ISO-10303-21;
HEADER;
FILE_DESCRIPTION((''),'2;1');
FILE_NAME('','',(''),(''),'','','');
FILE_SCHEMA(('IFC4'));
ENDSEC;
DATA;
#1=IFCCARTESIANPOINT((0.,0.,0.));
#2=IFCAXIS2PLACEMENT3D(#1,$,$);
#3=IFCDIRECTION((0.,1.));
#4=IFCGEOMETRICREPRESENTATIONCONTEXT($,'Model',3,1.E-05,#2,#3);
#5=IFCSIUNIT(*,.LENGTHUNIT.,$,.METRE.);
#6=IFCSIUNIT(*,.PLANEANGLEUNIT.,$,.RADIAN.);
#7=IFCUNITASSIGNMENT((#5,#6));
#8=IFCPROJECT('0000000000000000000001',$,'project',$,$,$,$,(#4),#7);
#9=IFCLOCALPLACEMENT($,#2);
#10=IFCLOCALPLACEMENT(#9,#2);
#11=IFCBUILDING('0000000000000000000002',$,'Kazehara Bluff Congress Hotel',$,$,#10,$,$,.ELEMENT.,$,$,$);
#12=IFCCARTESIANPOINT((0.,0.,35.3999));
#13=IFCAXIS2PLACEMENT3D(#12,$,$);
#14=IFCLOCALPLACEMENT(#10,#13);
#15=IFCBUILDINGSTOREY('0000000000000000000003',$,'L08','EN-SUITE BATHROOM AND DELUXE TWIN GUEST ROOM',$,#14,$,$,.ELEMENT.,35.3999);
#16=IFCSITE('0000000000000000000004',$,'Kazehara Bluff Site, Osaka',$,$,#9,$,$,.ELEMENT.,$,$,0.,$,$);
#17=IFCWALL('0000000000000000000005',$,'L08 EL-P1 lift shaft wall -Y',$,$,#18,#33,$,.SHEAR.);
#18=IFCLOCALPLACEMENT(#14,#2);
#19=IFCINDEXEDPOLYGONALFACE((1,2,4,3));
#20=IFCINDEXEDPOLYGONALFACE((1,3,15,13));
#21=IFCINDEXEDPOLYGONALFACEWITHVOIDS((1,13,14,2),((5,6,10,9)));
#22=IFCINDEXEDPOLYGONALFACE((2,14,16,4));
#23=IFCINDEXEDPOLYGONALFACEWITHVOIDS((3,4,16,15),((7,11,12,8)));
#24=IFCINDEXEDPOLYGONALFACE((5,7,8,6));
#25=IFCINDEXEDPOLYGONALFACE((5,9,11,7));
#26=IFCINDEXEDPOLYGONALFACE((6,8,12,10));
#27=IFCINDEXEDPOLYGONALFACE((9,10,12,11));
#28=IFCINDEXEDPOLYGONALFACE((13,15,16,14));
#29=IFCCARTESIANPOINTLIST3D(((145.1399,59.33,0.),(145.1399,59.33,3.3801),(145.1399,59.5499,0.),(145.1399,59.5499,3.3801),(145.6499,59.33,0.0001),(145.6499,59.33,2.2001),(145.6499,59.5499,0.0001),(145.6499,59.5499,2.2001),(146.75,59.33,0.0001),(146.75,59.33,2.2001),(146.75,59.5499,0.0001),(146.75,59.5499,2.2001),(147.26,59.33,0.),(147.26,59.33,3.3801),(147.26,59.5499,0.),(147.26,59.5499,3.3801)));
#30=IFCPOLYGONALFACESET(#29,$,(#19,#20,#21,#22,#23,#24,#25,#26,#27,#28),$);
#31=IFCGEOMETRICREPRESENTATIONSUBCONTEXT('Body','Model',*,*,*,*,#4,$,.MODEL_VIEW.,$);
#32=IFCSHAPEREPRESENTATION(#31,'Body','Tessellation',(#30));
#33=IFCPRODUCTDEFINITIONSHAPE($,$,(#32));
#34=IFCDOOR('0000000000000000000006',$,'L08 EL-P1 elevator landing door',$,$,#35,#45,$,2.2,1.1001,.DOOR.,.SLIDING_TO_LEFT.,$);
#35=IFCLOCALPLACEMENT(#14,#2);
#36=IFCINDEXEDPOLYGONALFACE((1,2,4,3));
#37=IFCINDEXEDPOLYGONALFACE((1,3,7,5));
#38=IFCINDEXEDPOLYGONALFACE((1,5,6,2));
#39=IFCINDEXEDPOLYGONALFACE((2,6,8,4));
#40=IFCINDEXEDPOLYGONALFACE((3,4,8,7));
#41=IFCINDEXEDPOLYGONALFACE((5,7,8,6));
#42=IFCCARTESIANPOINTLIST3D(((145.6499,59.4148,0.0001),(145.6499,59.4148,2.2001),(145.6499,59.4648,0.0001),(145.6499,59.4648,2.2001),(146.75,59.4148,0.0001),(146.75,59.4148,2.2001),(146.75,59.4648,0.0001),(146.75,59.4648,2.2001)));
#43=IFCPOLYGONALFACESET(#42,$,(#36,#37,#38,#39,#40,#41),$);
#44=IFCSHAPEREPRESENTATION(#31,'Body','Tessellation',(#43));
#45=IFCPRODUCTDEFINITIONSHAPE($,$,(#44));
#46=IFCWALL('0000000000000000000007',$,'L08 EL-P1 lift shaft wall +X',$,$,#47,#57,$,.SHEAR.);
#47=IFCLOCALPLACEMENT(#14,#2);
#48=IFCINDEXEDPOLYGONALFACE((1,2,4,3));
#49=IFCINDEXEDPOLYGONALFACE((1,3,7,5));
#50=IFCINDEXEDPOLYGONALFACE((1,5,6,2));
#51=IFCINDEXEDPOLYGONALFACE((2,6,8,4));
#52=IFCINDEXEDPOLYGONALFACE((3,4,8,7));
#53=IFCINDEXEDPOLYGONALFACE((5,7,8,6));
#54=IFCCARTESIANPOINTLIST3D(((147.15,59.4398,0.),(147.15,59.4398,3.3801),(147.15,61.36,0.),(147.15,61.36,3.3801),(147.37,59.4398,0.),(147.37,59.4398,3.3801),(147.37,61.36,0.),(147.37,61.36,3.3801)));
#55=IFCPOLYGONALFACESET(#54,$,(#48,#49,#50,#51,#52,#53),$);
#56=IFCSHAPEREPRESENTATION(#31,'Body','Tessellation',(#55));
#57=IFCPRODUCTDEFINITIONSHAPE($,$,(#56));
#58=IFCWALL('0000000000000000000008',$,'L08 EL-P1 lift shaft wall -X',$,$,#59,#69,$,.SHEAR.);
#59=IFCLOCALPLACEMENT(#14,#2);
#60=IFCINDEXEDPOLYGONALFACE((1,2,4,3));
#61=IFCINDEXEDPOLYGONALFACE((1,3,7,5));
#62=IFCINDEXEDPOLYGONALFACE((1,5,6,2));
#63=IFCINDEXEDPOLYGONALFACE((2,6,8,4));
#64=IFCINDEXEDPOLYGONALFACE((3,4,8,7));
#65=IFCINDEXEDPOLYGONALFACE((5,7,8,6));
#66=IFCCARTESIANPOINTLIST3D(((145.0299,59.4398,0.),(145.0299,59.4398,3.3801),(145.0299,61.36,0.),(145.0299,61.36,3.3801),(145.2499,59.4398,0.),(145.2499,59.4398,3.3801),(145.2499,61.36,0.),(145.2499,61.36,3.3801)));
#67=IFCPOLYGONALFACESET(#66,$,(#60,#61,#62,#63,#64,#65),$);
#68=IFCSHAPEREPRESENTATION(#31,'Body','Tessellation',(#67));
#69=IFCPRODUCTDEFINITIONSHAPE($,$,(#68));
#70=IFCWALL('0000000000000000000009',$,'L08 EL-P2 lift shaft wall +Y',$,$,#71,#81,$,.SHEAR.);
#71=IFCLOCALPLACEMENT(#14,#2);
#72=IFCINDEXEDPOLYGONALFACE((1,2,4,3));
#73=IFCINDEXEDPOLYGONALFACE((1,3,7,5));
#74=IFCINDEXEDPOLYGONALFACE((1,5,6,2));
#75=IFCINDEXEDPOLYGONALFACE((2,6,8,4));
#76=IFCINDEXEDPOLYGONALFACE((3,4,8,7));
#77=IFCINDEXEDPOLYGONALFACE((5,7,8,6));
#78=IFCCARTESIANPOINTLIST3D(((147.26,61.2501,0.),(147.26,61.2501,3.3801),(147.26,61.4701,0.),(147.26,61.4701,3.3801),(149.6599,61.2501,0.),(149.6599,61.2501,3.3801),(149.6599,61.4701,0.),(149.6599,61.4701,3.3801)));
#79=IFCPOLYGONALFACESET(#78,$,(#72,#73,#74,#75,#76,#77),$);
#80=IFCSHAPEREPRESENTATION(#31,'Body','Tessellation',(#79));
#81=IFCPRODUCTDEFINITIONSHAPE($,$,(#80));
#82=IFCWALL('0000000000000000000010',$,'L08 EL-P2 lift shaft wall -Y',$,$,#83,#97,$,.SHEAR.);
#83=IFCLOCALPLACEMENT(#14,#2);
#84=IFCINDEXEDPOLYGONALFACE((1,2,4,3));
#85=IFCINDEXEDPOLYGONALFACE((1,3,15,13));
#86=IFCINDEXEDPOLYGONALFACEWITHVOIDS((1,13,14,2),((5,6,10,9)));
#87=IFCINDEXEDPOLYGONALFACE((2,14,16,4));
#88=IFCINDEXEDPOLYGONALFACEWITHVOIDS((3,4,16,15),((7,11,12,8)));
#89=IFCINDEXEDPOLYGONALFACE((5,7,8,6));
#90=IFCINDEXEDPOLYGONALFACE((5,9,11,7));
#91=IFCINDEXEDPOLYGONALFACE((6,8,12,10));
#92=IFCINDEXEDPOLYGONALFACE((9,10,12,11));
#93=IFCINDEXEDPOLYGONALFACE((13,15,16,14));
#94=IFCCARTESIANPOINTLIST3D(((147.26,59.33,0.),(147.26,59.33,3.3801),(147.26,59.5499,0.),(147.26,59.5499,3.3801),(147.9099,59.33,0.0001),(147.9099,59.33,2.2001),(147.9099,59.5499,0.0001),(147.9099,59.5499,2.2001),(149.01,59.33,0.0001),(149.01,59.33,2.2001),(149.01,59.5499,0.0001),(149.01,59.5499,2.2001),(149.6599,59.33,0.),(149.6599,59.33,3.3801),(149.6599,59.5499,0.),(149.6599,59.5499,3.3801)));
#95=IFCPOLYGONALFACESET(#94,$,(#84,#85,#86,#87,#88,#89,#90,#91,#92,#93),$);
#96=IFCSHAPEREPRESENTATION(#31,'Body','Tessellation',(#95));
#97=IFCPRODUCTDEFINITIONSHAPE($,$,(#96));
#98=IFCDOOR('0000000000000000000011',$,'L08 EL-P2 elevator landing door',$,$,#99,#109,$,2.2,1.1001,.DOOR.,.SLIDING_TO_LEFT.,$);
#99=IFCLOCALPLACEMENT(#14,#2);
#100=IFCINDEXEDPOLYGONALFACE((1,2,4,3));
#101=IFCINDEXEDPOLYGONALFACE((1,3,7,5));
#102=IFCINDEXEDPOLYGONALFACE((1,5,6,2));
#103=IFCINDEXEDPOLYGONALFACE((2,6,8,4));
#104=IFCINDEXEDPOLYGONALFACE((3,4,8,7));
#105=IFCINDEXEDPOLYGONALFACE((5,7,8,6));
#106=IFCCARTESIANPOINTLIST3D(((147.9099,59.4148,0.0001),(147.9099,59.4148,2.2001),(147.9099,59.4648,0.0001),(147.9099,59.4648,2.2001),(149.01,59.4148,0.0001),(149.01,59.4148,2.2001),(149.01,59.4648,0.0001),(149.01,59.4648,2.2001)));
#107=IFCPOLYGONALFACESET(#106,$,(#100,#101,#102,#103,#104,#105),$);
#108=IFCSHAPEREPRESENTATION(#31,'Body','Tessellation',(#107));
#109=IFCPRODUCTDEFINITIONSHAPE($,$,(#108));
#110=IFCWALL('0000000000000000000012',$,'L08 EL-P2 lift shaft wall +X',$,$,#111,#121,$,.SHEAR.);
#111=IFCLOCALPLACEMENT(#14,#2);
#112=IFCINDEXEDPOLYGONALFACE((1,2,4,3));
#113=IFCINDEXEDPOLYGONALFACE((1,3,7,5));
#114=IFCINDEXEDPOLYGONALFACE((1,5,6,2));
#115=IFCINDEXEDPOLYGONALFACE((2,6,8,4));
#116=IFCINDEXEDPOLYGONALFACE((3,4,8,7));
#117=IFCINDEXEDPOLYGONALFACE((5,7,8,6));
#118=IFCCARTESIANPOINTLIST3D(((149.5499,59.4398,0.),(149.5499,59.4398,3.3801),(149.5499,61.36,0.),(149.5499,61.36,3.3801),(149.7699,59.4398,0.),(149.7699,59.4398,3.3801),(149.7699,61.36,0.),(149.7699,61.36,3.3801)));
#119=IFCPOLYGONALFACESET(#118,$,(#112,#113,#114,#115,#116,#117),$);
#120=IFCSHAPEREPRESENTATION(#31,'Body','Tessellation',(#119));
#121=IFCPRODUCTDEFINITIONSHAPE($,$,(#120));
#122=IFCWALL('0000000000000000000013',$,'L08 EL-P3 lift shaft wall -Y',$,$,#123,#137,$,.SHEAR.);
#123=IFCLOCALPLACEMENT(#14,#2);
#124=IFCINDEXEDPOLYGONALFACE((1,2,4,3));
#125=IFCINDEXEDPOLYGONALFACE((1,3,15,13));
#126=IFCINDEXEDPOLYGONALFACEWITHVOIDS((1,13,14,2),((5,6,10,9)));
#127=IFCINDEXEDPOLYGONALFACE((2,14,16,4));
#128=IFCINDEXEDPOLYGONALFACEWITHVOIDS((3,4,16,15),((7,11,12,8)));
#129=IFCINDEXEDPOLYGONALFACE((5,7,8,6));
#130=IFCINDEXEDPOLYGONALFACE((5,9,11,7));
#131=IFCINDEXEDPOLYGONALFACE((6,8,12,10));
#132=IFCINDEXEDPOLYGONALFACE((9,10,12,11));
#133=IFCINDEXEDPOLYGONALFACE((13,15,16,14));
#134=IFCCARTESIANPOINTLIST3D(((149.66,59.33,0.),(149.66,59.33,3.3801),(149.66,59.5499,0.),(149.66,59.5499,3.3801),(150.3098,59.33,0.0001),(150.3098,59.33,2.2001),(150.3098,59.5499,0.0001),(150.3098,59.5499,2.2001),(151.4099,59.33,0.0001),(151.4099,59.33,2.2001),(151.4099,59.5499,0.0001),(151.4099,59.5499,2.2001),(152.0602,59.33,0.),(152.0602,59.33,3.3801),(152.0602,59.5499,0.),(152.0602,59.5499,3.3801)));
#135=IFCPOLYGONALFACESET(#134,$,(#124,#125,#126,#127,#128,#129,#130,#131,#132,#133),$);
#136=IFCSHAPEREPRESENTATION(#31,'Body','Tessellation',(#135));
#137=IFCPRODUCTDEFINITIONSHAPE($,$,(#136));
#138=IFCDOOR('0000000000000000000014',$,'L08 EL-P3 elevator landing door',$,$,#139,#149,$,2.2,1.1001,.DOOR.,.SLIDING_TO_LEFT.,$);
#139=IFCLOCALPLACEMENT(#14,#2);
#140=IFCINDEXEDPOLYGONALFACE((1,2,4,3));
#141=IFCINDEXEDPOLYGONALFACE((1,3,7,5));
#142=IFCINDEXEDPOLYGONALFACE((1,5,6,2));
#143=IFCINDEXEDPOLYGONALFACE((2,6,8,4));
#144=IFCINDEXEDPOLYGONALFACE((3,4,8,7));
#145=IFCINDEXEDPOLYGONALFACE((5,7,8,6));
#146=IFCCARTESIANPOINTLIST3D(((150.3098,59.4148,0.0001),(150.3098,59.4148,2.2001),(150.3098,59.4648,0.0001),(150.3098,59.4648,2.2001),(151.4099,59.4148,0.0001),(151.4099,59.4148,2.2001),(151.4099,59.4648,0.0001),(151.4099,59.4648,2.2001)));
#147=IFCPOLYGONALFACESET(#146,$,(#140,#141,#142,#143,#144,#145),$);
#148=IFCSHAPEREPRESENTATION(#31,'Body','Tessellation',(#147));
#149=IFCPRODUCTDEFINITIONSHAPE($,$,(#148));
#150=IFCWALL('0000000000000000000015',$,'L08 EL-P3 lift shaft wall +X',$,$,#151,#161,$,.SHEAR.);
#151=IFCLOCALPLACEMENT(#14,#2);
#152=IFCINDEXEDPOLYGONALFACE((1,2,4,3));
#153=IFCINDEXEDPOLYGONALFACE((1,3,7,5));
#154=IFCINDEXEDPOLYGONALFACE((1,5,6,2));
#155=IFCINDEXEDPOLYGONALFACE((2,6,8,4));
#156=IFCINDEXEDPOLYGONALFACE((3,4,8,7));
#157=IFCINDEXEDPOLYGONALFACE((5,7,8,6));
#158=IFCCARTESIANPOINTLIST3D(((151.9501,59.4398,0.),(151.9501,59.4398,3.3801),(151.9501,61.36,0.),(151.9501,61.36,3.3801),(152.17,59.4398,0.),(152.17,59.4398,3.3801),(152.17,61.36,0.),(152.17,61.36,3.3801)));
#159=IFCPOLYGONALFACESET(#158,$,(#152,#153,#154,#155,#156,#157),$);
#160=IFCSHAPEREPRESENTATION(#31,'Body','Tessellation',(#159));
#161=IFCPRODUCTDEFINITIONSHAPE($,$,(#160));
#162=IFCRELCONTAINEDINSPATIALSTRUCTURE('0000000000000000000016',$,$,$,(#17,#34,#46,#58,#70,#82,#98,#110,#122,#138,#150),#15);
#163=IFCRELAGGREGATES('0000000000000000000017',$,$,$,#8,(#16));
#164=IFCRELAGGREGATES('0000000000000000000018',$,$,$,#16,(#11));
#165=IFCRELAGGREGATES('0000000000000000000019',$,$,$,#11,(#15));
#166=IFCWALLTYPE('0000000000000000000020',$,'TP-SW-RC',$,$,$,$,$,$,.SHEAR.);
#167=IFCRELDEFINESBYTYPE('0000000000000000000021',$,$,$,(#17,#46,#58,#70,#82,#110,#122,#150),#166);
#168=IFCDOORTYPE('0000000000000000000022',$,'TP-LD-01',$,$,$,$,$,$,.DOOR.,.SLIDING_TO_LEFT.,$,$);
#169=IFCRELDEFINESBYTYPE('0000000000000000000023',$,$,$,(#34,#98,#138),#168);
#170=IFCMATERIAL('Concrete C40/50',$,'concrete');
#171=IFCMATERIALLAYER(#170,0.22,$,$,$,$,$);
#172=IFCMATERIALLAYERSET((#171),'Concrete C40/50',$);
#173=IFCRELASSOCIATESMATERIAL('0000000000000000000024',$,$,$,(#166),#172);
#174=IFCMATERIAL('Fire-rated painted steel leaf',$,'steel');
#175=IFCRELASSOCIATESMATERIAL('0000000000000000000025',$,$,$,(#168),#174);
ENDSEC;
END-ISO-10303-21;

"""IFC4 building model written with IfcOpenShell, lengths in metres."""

from ifc_helpers import new_model, si_unit, direction, frame, frame_2d, origin, place, context, subcontext, project, spatial, rectangle, extrude, material, layer, layer_set, type_object, element, fill, save


model = new_model("IFC4")

# Units and contexts
model_context = context("Model", 3, precision=1e-05, world=origin(), true_north=direction((0.0, 1.0)))
body_context = subcontext(model_context, "Body", "Model", "MODEL_VIEW")
ifc_project = project(units=[si_unit("LENGTHUNIT", "METRE"), si_unit("PLANEANGLEUNIT", "RADIAN")], contexts=[model_context])

# Site, building, storey
site_placement = place(None, origin())
site = spatial("IfcSite", under=ifc_project, at=site_placement, Name="Kazehara Bluff Site, Osaka", CompositionType="ELEMENT", RefElevation=0.0)
building_placement = place(site_placement, origin())
building = spatial("IfcBuilding", under=site, at=building_placement, Name="Kazehara Bluff Congress Hotel", CompositionType="ELEMENT")
storey_placement = place(building_placement, frame((0.0, 0.0, 35.3999)))
storey = spatial("IfcBuildingStorey", under=building, at=storey_placement, Name="L08", Description="EN-SUITE BATHROOM AND DELUXE TWIN GUEST ROOM", CompositionType="ELEMENT", Elevation=35.3999)

# Shared definitions
ifc_material_1 = material(Name="Concrete C40/50", Category="concrete")
ifc_layer_1 = layer(ifc_material_1, 0.22)
ifc_layer_set_1 = layer_set([ifc_layer_1], Name="Concrete C40/50")
wall_type_1 = type_object("IfcWallType", Name="TP-SW-RC", PredefinedType="SHEAR", material=ifc_layer_set_1)

# Wall, opening, door
wall_1_placement = place(storey_placement, frame((145.1399, 59.4399, 0.0), z_axis=(0.0, 0.0, 1.0), x_axis=(1.0, 0.0, 0.0)))
wall_1 = element("IfcWall", 1, at=wall_1_placement, inside=storey, type_object=wall_type_1, Name="L08 EL-P1 lift shaft wall -Y", PredefinedType="SHEAR", context=body_context, shape_type="SweptSolid", body=[
    extrude(rectangle(XDim=2.1201, YDim=0.22, at=frame_2d((1.0601, 0.0))), origin(), (0.0, 0.0, 1.0), 3.3801),
])
opening_1_placement = place(wall_1_placement, frame((0.51, 0.0, 0.0)))
opening_1 = element("IfcOpeningElement", 2, at=opening_1_placement, cuts=wall_1, PredefinedType="OPENING", context=body_context, shape_type="SweptSolid", body=[
    extrude(rectangle(XDim=1.1001, YDim=2.2, at=frame_2d((0.55, 1.1001))), frame((0.0, 0.1199, 0.0), z_axis=(0.0, -1.0, 0.0), x_axis=(1.0, 0.0, 0.0)), (0.0, 0.0, 1.0), 0.24),
])
ifc_material_2 = material(Name="Fire-rated painted steel leaf", Category="steel")
door_type = type_object("IfcDoorType", Name="TP-LD-01", OperationType="SLIDING_TO_LEFT", PredefinedType="DOOR", material=ifc_material_2)
door_1_placement = place(opening_1_placement, origin())
door_1 = element("IfcDoor", 3, at=door_1_placement, inside=storey, type_object=door_type, Name="L08 EL-P1 elevator landing door", OperationType="SLIDING_TO_LEFT", OverallHeight=2.2, OverallWidth=1.1001, PredefinedType="DOOR", context=body_context, shape_type="SweptSolid", body=[
    extrude(rectangle(XDim=1.1001, YDim=2.2, at=frame_2d((0.55, 1.1001))), frame((0.0, 0.0249, 0.0), z_axis=(0.0, -1.0, 0.0), x_axis=(1.0, 0.0, 0.0)), (0.0, 0.0, 1.0), 0.05),
])
fill(opening_1, door_1)

# Walls
for number, where, z_axis, x_axis, name in (
    (4, (147.26, 59.4399, 0.0), (0.0, 0.0, 1.0), (0.0, 1.0, 0.0), "L08 EL-P1 lift shaft wall +X"),
    (5, (145.1399, 59.4399, 0.0), (0.0, 0.0, 1.0), (0.0, 1.0, 0.0), "L08 EL-P1 lift shaft wall -X"),
):
    element("IfcWall", number, at=place(storey_placement, frame(where, z_axis=z_axis, x_axis=x_axis)), inside=storey, type_object=wall_type_1, Name=name, PredefinedType="SHEAR", context=body_context, shape_type="SweptSolid", body=[
        extrude(rectangle(XDim=1.9202, YDim=0.22, at=frame_2d((0.96, 0.0))), origin(), (0.0, 0.0, 1.0), 3.3801),
    ])
wall_2_placement = place(storey_placement, frame((147.26, 61.3601, 0.0), z_axis=(0.0, 0.0, 1.0), x_axis=(1.0, 0.0, 0.0)))
element("IfcWall", 6, at=wall_2_placement, inside=storey, type_object=wall_type_1, Name="L08 EL-P2 lift shaft wall +Y", PredefinedType="SHEAR", context=body_context, shape_type="SweptSolid", body=[
    extrude(rectangle(XDim=2.3999, YDim=0.22, at=frame_2d((1.2, 0.0))), origin(), (0.0, 0.0, 1.0), 3.3801),
])

# Wall, opening, door
wall_3_placement = place(storey_placement, frame((147.26, 59.4399, 0.0), z_axis=(0.0, 0.0, 1.0), x_axis=(1.0, 0.0, 0.0)))
wall_3 = element("IfcWall", 7, at=wall_3_placement, inside=storey, type_object=wall_type_1, Name="L08 EL-P2 lift shaft wall -Y", PredefinedType="SHEAR", context=body_context, shape_type="SweptSolid", body=[
    extrude(rectangle(XDim=2.3999, YDim=0.22, at=frame_2d((1.2, 0.0))), origin(), (0.0, 0.0, 1.0), 3.3801),
])
opening_2_placement = place(wall_3_placement, frame((0.6499, 0.0, 0.0)))
opening_2 = element("IfcOpeningElement", 8, at=opening_2_placement, cuts=wall_3, PredefinedType="OPENING", context=body_context, shape_type="SweptSolid", body=[
    extrude(rectangle(XDim=1.1001, YDim=2.2, at=frame_2d((0.55, 1.1001))), frame((0.0, 0.1199, 0.0), z_axis=(0.0, -1.0, 0.0), x_axis=(1.0, 0.0, 0.0)), (0.0, 0.0, 1.0), 0.24),
])
door_2_placement = place(opening_2_placement, origin())
door_2 = element("IfcDoor", 9, at=door_2_placement, inside=storey, type_object=door_type, Name="L08 EL-P2 elevator landing door", OperationType="SLIDING_TO_LEFT", OverallHeight=2.2, OverallWidth=1.1001, PredefinedType="DOOR", context=body_context, shape_type="SweptSolid", body=[
    extrude(rectangle(XDim=1.1001, YDim=2.2, at=frame_2d((0.55, 1.1001))), frame((0.0, 0.0249, 0.0), z_axis=(0.0, -1.0, 0.0), x_axis=(1.0, 0.0, 0.0)), (0.0, 0.0, 1.0), 0.05),
])
fill(opening_2, door_2)

# Wall
wall_4_placement = place(storey_placement, frame((149.6599, 59.4399, 0.0), z_axis=(0.0, 0.0, 1.0), x_axis=(0.0, 1.0, 0.0)))
element("IfcWall", 10, at=wall_4_placement, inside=storey, type_object=wall_type_1, Name="L08 EL-P2 lift shaft wall +X", PredefinedType="SHEAR", context=body_context, shape_type="SweptSolid", body=[
    extrude(rectangle(XDim=1.9202, YDim=0.22, at=frame_2d((0.96, 0.0))), origin(), (0.0, 0.0, 1.0), 3.3801),
])

# Wall, opening, door
wall_5_placement = place(storey_placement, frame((149.6599, 59.4399, 0.0), z_axis=(0.0, 0.0, 1.0), x_axis=(1.0, 0.0, 0.0)))
wall_5 = element("IfcWall", 11, at=wall_5_placement, inside=storey, type_object=wall_type_1, Name="L08 EL-P3 lift shaft wall -Y", PredefinedType="SHEAR", context=body_context, shape_type="SweptSolid", body=[
    extrude(rectangle(XDim=2.4001, YDim=0.22, at=frame_2d((1.2002, 0.0))), origin(), (0.0, 0.0, 1.0), 3.3801),
])
opening_3_placement = place(wall_5_placement, frame((0.6499, 0.0, 0.0)))
opening_3 = element("IfcOpeningElement", 12, at=opening_3_placement, cuts=wall_5, PredefinedType="OPENING", context=body_context, shape_type="SweptSolid", body=[
    extrude(rectangle(XDim=1.1001, YDim=2.2, at=frame_2d((0.55, 1.1001))), frame((0.0, 0.1199, 0.0), z_axis=(0.0, -1.0, 0.0), x_axis=(1.0, 0.0, 0.0)), (0.0, 0.0, 1.0), 0.24),
])
door_3_placement = place(opening_3_placement, origin())
door_3 = element("IfcDoor", 13, at=door_3_placement, inside=storey, type_object=door_type, Name="L08 EL-P3 elevator landing door", OperationType="SLIDING_TO_LEFT", OverallHeight=2.2, OverallWidth=1.1001, PredefinedType="DOOR", context=body_context, shape_type="SweptSolid", body=[
    extrude(rectangle(XDim=1.1001, YDim=2.2, at=frame_2d((0.55, 1.1001))), frame((0.0, 0.0249, 0.0), z_axis=(0.0, -1.0, 0.0), x_axis=(1.0, 0.0, 0.0)), (0.0, 0.0, 1.0), 0.05),
])
fill(opening_3, door_3)

# Wall
wall_6_placement = place(storey_placement, frame((152.0601, 59.4399, 0.0), z_axis=(0.0, 0.0, 1.0), x_axis=(0.0, 1.0, 0.0)))
element("IfcWall", 14, at=wall_6_placement, inside=storey, type_object=wall_type_1, Name="L08 EL-P3 lift shaft wall +X", PredefinedType="SHEAR", context=body_context, shape_type="SweptSolid", body=[
    extrude(rectangle(XDim=1.9202, YDim=0.22, at=frame_2d((0.96, 0.0))), origin(), (0.0, 0.0, 1.0), 3.3801),
])

save(model, "model.ifc")
